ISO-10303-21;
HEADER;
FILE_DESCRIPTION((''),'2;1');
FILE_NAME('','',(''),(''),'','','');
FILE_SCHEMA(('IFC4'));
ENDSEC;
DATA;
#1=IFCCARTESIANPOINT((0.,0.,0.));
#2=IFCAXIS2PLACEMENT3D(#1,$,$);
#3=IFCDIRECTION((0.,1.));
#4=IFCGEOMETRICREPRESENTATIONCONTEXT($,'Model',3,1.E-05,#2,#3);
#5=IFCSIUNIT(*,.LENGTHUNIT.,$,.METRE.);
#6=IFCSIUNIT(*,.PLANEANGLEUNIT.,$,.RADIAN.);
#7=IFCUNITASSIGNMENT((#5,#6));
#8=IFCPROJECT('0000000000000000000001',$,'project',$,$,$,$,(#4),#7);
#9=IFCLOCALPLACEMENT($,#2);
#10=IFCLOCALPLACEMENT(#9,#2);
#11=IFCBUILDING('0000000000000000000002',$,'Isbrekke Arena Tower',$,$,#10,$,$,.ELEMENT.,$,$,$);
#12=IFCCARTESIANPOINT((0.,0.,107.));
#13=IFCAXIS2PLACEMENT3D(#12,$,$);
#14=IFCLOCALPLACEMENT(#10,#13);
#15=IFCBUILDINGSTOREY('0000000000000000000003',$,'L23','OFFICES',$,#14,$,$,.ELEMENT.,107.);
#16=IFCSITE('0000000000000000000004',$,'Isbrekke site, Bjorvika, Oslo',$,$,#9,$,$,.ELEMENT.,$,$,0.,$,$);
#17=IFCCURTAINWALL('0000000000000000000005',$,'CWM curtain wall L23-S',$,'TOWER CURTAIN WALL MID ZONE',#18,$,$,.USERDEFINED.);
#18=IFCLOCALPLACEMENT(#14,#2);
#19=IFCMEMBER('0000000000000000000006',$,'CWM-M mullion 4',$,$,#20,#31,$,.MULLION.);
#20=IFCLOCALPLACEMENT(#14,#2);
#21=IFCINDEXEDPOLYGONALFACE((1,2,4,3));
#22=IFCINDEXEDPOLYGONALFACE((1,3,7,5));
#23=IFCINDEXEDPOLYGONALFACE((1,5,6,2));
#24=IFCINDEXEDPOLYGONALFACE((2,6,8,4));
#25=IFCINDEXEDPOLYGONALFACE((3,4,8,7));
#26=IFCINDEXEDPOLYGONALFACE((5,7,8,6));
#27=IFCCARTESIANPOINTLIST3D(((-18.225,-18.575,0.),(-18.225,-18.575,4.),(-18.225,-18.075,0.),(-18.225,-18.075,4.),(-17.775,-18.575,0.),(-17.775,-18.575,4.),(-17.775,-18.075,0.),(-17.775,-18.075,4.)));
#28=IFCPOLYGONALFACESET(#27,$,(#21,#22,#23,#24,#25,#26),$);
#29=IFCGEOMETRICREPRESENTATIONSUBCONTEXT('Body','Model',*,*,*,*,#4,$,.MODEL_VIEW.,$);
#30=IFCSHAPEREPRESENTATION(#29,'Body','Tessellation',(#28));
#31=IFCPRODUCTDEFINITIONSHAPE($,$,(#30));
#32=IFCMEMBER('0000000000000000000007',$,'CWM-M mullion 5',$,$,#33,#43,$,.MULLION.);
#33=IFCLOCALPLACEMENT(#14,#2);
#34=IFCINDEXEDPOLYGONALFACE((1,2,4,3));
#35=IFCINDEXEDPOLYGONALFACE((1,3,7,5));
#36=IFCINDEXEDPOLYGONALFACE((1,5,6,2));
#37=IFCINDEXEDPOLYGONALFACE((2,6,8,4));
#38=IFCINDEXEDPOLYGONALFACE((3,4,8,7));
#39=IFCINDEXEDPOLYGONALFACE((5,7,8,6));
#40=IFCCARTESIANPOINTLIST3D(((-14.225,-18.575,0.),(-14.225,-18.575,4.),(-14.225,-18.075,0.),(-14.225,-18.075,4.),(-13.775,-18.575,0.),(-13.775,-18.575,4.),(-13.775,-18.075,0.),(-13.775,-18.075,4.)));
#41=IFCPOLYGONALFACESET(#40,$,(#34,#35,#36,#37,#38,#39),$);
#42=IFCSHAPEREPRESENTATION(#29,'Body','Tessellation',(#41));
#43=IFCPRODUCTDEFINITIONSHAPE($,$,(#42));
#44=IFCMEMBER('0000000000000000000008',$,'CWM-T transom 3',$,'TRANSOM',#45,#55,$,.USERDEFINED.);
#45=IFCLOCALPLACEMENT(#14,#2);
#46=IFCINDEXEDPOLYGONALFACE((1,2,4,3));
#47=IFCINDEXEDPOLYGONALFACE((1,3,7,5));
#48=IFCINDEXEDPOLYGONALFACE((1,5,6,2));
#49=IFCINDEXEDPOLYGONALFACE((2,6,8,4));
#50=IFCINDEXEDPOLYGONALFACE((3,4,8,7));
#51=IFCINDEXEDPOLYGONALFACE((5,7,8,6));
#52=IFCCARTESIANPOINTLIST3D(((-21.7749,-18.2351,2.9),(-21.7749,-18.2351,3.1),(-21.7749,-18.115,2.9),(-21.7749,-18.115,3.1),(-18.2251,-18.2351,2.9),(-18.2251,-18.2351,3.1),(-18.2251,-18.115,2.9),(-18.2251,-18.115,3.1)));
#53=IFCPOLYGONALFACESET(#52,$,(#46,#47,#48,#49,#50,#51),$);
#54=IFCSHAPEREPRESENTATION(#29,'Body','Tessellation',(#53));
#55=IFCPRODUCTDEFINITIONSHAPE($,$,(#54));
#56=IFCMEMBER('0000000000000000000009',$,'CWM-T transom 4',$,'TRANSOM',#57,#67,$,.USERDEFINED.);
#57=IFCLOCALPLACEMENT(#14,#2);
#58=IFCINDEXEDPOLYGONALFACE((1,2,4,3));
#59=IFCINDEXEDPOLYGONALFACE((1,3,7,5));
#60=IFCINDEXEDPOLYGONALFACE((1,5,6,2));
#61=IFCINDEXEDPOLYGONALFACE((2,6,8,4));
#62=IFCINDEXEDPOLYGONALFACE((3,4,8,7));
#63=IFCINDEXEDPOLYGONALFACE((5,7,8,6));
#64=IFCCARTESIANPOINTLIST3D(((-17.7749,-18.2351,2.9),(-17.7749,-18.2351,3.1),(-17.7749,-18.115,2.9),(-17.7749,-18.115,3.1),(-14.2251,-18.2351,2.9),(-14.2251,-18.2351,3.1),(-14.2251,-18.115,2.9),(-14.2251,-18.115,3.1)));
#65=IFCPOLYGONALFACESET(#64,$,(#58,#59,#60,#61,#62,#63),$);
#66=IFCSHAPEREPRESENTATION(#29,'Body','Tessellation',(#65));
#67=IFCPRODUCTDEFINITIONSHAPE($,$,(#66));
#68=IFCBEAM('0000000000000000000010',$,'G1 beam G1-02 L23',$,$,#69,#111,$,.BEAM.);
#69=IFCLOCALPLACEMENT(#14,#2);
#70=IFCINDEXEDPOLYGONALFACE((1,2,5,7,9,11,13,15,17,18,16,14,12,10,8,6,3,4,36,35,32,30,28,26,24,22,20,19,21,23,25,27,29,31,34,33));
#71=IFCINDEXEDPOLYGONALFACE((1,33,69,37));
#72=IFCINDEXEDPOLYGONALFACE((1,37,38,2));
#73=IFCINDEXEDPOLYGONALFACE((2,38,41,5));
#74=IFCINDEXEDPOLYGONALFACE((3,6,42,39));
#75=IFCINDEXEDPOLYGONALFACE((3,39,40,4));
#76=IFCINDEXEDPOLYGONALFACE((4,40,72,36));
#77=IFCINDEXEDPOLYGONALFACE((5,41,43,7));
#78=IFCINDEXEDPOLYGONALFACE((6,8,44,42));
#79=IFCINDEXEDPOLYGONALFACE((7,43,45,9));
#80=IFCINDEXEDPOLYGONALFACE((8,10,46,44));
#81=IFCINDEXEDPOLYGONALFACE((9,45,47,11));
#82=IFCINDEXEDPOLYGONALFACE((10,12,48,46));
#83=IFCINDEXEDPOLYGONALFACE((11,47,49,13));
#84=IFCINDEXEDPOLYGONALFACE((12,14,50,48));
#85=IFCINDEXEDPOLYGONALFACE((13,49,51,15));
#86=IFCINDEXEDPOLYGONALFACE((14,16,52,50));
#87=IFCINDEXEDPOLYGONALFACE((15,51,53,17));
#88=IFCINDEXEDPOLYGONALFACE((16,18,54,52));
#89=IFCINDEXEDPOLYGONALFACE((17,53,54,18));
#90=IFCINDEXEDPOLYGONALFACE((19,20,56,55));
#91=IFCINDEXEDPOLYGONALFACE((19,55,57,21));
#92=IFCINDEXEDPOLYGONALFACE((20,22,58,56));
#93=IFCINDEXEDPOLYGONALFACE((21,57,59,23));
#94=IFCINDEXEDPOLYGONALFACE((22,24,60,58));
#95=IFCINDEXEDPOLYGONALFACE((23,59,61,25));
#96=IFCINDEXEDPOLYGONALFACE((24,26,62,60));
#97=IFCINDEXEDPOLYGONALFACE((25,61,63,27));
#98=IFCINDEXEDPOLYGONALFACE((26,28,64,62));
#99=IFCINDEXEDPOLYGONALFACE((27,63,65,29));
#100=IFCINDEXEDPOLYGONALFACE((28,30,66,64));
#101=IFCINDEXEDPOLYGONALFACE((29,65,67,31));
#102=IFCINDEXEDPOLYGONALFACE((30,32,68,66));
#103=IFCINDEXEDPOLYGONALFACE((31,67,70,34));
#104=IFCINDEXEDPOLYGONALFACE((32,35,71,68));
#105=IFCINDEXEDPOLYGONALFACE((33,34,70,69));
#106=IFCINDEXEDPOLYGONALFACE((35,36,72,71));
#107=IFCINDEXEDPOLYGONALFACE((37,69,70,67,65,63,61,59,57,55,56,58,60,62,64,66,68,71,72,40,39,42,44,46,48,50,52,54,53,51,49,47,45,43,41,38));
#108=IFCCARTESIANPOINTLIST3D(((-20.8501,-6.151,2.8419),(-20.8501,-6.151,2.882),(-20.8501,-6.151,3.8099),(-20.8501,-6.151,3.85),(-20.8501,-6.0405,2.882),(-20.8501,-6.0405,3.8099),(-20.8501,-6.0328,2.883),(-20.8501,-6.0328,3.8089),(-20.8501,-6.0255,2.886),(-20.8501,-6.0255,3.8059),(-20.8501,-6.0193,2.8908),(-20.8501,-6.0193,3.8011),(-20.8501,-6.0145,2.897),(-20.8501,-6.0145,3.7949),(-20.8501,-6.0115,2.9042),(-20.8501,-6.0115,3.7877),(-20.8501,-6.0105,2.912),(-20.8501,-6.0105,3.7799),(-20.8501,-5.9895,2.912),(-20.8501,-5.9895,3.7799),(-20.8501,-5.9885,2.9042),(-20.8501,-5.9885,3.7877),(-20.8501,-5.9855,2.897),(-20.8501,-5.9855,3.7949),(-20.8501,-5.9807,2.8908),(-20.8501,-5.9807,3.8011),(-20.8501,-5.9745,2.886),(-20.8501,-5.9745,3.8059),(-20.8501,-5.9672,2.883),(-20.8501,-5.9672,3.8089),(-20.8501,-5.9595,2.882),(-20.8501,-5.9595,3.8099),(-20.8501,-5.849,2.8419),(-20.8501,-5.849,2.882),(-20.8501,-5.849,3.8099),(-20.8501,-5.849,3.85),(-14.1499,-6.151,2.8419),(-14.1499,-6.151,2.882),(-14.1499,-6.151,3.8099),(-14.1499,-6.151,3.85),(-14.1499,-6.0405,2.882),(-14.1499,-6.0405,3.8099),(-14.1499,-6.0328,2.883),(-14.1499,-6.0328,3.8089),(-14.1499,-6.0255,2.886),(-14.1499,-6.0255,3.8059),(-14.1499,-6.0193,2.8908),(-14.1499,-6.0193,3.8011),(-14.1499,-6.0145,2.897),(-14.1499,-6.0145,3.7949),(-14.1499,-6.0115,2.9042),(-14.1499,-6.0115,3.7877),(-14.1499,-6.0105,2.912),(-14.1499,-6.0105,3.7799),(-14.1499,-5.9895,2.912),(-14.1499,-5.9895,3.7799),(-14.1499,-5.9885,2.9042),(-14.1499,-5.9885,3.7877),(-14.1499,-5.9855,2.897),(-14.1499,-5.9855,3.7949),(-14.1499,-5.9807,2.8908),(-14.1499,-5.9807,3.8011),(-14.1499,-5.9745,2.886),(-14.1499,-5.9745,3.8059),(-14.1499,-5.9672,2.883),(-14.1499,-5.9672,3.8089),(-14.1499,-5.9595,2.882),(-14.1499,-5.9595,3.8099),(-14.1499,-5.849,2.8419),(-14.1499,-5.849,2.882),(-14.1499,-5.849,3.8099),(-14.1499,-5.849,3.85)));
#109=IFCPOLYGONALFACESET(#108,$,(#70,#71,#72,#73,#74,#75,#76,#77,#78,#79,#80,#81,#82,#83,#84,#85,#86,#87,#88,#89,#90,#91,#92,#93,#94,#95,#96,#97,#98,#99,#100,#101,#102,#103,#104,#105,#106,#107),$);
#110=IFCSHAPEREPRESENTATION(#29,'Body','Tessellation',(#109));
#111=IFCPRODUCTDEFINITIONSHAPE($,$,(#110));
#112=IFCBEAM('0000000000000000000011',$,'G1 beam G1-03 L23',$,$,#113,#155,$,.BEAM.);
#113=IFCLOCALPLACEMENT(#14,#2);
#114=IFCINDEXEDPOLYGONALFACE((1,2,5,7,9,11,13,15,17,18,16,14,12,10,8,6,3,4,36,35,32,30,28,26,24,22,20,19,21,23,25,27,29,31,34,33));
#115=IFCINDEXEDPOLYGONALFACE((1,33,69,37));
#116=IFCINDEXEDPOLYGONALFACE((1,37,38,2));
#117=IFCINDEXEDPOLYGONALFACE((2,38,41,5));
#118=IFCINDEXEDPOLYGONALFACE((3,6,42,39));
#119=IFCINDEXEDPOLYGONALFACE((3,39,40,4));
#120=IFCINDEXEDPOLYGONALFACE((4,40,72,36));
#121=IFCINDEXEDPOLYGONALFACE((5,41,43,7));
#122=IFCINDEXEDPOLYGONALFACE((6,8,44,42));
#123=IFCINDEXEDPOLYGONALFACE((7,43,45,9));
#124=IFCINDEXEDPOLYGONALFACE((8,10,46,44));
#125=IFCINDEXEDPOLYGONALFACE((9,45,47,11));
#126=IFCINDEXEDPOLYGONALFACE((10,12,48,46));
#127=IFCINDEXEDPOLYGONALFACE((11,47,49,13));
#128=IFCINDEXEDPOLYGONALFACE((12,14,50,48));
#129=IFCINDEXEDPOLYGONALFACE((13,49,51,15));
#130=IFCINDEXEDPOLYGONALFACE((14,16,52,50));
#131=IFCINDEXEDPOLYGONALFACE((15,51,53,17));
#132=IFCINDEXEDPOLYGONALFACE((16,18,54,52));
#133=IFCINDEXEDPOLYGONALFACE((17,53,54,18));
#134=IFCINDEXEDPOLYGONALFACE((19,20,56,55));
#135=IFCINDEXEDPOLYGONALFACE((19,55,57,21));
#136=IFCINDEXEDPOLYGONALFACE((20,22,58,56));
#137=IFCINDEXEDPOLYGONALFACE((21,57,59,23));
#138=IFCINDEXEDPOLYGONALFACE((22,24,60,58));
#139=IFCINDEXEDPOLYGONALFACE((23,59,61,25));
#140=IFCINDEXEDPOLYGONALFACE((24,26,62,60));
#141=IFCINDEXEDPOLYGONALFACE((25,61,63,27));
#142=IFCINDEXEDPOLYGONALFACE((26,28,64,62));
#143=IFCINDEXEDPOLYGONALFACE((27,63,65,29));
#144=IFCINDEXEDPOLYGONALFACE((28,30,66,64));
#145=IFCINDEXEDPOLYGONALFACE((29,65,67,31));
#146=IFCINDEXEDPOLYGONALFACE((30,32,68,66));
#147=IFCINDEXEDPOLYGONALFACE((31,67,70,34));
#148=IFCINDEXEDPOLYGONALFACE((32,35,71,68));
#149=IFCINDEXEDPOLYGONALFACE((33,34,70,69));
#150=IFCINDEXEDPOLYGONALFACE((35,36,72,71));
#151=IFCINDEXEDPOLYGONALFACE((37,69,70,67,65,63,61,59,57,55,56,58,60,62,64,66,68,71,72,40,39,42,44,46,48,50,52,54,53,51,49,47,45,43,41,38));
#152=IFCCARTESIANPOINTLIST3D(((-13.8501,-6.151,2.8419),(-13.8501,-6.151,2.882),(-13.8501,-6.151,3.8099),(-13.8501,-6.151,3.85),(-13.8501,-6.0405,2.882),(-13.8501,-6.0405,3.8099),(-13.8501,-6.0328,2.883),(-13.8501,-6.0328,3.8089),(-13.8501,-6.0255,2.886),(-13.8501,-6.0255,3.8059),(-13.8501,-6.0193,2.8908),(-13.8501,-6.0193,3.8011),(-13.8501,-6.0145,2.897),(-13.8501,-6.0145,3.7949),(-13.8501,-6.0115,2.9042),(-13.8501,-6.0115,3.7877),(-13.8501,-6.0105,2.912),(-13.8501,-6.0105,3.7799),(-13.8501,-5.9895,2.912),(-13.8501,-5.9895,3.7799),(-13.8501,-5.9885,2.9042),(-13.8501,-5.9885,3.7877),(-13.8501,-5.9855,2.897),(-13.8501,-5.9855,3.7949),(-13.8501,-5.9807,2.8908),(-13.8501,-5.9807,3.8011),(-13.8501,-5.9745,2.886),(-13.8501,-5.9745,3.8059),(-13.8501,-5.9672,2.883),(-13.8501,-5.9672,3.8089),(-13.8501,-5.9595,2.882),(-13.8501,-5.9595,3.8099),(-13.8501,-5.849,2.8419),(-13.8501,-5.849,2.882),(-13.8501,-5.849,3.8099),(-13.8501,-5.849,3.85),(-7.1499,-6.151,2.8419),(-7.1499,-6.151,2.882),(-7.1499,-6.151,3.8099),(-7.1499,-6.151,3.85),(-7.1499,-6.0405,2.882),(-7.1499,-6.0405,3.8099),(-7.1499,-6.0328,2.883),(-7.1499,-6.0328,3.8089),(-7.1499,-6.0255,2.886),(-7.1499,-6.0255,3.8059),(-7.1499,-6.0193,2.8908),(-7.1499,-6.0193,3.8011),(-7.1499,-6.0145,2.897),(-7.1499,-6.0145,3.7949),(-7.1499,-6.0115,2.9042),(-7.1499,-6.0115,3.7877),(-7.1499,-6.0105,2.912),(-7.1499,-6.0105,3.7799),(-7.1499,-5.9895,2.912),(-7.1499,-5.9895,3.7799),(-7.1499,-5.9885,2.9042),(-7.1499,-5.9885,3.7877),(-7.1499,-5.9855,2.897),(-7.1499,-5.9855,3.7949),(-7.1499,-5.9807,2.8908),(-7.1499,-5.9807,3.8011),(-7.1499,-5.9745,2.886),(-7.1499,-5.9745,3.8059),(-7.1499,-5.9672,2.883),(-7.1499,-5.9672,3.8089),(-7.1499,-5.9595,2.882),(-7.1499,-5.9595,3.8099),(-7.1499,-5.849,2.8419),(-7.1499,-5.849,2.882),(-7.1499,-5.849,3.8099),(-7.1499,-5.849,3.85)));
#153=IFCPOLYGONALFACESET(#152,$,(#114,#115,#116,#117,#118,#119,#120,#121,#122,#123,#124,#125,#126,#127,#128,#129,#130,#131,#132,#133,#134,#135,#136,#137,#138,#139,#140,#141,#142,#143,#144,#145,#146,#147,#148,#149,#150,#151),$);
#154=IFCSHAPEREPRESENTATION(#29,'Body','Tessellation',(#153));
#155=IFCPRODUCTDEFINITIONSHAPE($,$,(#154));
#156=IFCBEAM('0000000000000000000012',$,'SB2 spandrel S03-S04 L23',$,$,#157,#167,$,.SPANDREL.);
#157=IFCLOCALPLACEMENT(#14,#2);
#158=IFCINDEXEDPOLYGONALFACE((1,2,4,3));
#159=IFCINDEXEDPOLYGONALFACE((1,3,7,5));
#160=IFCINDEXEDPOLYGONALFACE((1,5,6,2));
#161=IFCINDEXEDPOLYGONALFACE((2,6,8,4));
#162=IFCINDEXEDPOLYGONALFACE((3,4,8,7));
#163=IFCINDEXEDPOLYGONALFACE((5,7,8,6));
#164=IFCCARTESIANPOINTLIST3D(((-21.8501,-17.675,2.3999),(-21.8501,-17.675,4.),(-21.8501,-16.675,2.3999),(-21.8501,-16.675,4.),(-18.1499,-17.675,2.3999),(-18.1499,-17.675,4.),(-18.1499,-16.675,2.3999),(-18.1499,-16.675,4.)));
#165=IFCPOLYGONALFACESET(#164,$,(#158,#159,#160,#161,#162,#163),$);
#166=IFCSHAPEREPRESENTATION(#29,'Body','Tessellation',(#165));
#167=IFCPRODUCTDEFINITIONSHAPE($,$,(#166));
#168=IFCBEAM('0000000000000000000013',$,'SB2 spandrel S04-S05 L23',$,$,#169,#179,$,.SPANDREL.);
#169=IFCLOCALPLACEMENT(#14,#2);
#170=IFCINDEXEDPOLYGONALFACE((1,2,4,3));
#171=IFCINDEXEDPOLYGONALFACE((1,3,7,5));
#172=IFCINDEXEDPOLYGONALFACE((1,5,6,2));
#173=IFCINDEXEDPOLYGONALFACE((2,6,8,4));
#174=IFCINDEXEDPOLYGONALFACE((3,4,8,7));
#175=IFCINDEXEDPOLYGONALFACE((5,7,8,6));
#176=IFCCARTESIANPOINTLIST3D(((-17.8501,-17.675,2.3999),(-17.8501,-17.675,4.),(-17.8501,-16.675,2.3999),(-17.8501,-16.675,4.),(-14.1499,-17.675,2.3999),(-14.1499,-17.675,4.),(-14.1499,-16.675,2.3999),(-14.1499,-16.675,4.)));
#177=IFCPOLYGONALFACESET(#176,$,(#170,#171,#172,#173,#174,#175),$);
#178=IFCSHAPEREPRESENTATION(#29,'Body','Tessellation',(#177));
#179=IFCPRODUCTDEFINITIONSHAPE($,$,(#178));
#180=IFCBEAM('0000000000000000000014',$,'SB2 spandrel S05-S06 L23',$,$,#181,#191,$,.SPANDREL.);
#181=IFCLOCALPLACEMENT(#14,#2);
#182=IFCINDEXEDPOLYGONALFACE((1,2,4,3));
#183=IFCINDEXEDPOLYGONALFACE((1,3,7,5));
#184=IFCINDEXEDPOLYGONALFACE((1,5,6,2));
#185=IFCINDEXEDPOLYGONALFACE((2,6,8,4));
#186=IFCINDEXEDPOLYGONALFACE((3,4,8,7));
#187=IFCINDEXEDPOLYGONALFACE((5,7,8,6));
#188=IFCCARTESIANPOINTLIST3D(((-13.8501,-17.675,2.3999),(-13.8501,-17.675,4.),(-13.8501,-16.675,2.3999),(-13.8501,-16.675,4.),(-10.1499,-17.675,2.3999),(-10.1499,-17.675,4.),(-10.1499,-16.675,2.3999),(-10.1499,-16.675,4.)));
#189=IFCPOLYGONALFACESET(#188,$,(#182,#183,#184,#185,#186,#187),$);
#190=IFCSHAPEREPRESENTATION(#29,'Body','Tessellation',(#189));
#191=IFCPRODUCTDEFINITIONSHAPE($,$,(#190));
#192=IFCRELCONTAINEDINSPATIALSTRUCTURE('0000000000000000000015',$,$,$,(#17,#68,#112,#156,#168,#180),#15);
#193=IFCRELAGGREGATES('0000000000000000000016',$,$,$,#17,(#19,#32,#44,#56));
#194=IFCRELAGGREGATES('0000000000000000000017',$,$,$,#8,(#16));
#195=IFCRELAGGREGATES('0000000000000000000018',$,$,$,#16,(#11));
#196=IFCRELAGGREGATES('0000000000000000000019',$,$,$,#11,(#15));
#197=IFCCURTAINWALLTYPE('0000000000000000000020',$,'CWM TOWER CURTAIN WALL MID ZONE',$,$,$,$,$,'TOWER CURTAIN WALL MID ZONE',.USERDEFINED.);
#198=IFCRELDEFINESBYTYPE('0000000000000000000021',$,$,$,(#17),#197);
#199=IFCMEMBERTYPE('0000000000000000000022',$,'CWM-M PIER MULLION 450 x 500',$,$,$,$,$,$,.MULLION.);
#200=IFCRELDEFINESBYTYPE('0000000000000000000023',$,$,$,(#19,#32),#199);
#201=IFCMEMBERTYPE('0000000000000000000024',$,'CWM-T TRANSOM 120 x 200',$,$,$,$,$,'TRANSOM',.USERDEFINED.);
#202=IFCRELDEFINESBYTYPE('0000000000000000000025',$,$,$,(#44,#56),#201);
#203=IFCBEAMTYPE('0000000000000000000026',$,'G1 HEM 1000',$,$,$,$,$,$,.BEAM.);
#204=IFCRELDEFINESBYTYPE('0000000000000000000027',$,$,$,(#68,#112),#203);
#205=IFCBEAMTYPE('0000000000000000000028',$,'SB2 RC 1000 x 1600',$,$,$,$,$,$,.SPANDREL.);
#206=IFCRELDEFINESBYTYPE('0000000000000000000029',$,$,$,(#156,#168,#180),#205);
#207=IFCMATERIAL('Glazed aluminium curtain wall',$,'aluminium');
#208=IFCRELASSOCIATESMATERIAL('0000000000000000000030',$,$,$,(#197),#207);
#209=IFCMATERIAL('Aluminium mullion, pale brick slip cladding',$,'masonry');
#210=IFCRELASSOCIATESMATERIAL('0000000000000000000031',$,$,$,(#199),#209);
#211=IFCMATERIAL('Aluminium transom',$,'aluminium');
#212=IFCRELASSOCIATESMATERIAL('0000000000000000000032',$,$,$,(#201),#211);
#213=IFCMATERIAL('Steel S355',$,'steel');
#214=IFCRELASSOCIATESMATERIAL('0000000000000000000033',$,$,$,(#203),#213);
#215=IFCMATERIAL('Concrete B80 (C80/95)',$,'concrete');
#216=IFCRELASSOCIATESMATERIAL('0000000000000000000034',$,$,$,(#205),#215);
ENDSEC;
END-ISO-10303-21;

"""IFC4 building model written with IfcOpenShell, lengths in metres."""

from ifc_helpers import new_model, si_unit, direction, frame, origin, origin_2d, place, context, subcontext, project, spatial, rectangle, i_section, extrude, material, material_profile, profile_set, type_object, element, aggregate, save


model = new_model("IFC4")

# Units and contexts
model_context = context("Model", 3, precision=1e-05, world=origin(), true_north=direction((0.0, 1.0)))
body_context = subcontext(model_context, "Body", "Model", "MODEL_VIEW")
ifc_project = project(units=[si_unit("LENGTHUNIT", "METRE"), si_unit("PLANEANGLEUNIT", "RADIAN")], contexts=[model_context])

# Site, building, storey
site_placement = place(None, origin())
site = spatial("IfcSite", under=ifc_project, at=site_placement, Name="Isbrekke site, Bjorvika, Oslo", CompositionType="ELEMENT", RefElevation=0.0)
building_placement = place(site_placement, origin())
building = spatial("IfcBuilding", under=site, at=building_placement, Name="Isbrekke Arena Tower", CompositionType="ELEMENT")
storey_placement = place(building_placement, frame((0.0, 0.0, 107.0)))
storey = spatial("IfcBuildingStorey", under=building, at=storey_placement, Name="L23", Description="OFFICES", CompositionType="ELEMENT", Elevation=107.0)

# Curtain wall, members
ifc_material_1 = material(Name="Glazed aluminium curtain wall", Category="aluminium")
curtain_wall_type = type_object("IfcCurtainWallType", Name="CWM TOWER CURTAIN WALL MID ZONE", ElementType="TOWER CURTAIN WALL MID ZONE", PredefinedType="USERDEFINED", material=ifc_material_1)
curtain_wall_placement = place(storey_placement, origin())
curtain_wall = element("IfcCurtainWall", 1, at=curtain_wall_placement, inside=storey, type_object=curtain_wall_type, Name="CWM curtain wall L23-S", ObjectType="TOWER CURTAIN WALL MID ZONE", PredefinedType="USERDEFINED")
ifc_material_2 = material(Name="Aluminium mullion, pale brick slip cladding", Category="masonry")
ifc_material_profile_1 = material_profile(ifc_material_2, rectangle(XDim=0.45, YDim=0.5, at=origin_2d()), Name="PIER 450X500")
ifc_profile_set_1 = profile_set([ifc_material_profile_1], Name="Aluminium mullion, pale brick slip cladding")
member_type_1 = type_object("IfcMemberType", Name="CWM-M PIER MULLION 450 x 500", PredefinedType="MULLION", material=ifc_profile_set_1)
member_1_placement = place(storey_placement, frame((-18.0, -18.325, 0.0), z_axis=(0.0, 0.0, 1.0), x_axis=(1.0, 0.0, 0.0)))
member_1 = element("IfcMember", 2, at=member_1_placement, type_object=member_type_1, Name="CWM-M mullion 4", PredefinedType="MULLION", context=body_context, shape_type="SweptSolid", body=[
    extrude(rectangle(XDim=0.45, YDim=0.5, at=origin_2d()), origin(), (0.0, 0.0, 1.0), 4.0),
])
member_2_placement = place(storey_placement, frame((-14.0, -18.325, 0.0), z_axis=(0.0, 0.0, 1.0), x_axis=(1.0, 0.0, 0.0)))
member_2 = element("IfcMember", 3, at=member_2_placement, type_object=member_type_1, Name="CWM-M mullion 5", PredefinedType="MULLION", context=body_context, shape_type="SweptSolid", body=[
    extrude(rectangle(XDim=0.45, YDim=0.5, at=origin_2d()), origin(), (0.0, 0.0, 1.0), 4.0),
])
ifc_material_3 = material(Name="Aluminium transom", Category="aluminium")
ifc_material_profile_2 = material_profile(ifc_material_3, rectangle(XDim=0.1201, YDim=0.2, at=origin_2d()), Name="TRANSOM 120X200")
ifc_profile_set_2 = profile_set([ifc_material_profile_2], Name="Aluminium transom")
member_type_2 = type_object("IfcMemberType", Name="CWM-T TRANSOM 120 x 200", ElementType="TRANSOM", PredefinedType="USERDEFINED", material=ifc_profile_set_2)
member_3_placement = place(storey_placement, frame((-21.7749, -18.175, 3.0), z_axis=(1.0, 0.0, 0.0), x_axis=(0.0, 1.0, 0.0)))
member_3 = element("IfcMember", 4, at=member_3_placement, type_object=member_type_2, Name="CWM-T transom 3", ObjectType="TRANSOM", PredefinedType="USERDEFINED", context=body_context, shape_type="SweptSolid", body=[
    extrude(rectangle(XDim=0.1201, YDim=0.2, at=origin_2d()), origin(), (0.0, 0.0, 1.0), 3.5498),
])
member_4_placement = place(storey_placement, frame((-17.7749, -18.175, 3.0), z_axis=(1.0, 0.0, 0.0), x_axis=(0.0, 1.0, 0.0)))
member_4 = element("IfcMember", 5, at=member_4_placement, type_object=member_type_2, Name="CWM-T transom 4", ObjectType="TRANSOM", PredefinedType="USERDEFINED", context=body_context, shape_type="SweptSolid", body=[
    extrude(rectangle(XDim=0.1201, YDim=0.2, at=origin_2d()), origin(), (0.0, 0.0, 1.0), 3.5498),
])

# Beams
ifc_material_4 = material(Name="Steel S355", Category="steel")
ifc_material_profile_3 = material_profile(ifc_material_4, i_section(OverallWidth=0.302, OverallDepth=1.0081, WebThickness=0.021, FlangeThickness=0.04, FilletRadius=0.03, at=origin_2d()), Name="HEM 1000")
ifc_profile_set_3 = profile_set([ifc_material_profile_3], Name="Steel S355")
beam_type_1 = type_object("IfcBeamType", Name="G1 HEM 1000", PredefinedType="BEAM", material=ifc_profile_set_3)
for number, where, z_axis, x_axis, name in (
    (6, (-20.8501, -6.0, 3.3459), (1.0, 0.0, 0.0), (0.0, 1.0, 0.0), "G1 beam G1-02 L23"),
    (7, (-13.8501, -6.0, 3.3459), (1.0, 0.0, 0.0), (0.0, 1.0, 0.0), "G1 beam G1-03 L23"),
):
    element("IfcBeam", number, at=place(storey_placement, frame(where, z_axis=z_axis, x_axis=x_axis)), inside=storey, type_object=beam_type_1, Name=name, PredefinedType="BEAM", context=body_context, shape_type="SweptSolid", body=[
        extrude(i_section(OverallWidth=0.302, OverallDepth=1.0081, WebThickness=0.021, FlangeThickness=0.04, FilletRadius=0.03, at=origin_2d()), origin(), (0.0, 0.0, 1.0), 6.7002),
    ])
ifc_material_5 = material(Name="Concrete B80 (C80/95)", Category="concrete")
ifc_material_profile_4 = material_profile(ifc_material_5, rectangle(XDim=1.0, YDim=1.6001, at=origin_2d()), Name="RC 1000x1600")
ifc_profile_set_4 = profile_set([ifc_material_profile_4], Name="Concrete B80 (C80/95)")
beam_type_2 = type_object("IfcBeamType", Name="SB2 RC 1000 x 1600", PredefinedType="SPANDREL", material=ifc_profile_set_4)
for number, where, z_axis, x_axis, name in (
    (8, (-21.8501, -17.175, 3.2), (1.0, 0.0, 0.0), (0.0, 1.0, 0.0), "SB2 spandrel S03-S04 L23"),
    (9, (-17.8501, -17.175, 3.2), (1.0, 0.0, 0.0), (0.0, 1.0, 0.0), "SB2 spandrel S04-S05 L23"),
    (10, (-13.8501, -17.175, 3.2), (1.0, 0.0, 0.0), (0.0, 1.0, 0.0), "SB2 spandrel S05-S06 L23"),
):
    element("IfcBeam", number, at=place(storey_placement, frame(where, z_axis=z_axis, x_axis=x_axis)), inside=storey, type_object=beam_type_2, Name=name, PredefinedType="SPANDREL", context=body_context, shape_type="SweptSolid", body=[
        extrude(rectangle(XDim=1.0, YDim=1.6001, at=origin_2d()), origin(), (0.0, 0.0, 1.0), 3.7002),
    ])

aggregate(curtain_wall, [member_1, member_2, member_3, member_4])

save(model, "model.ifc")
